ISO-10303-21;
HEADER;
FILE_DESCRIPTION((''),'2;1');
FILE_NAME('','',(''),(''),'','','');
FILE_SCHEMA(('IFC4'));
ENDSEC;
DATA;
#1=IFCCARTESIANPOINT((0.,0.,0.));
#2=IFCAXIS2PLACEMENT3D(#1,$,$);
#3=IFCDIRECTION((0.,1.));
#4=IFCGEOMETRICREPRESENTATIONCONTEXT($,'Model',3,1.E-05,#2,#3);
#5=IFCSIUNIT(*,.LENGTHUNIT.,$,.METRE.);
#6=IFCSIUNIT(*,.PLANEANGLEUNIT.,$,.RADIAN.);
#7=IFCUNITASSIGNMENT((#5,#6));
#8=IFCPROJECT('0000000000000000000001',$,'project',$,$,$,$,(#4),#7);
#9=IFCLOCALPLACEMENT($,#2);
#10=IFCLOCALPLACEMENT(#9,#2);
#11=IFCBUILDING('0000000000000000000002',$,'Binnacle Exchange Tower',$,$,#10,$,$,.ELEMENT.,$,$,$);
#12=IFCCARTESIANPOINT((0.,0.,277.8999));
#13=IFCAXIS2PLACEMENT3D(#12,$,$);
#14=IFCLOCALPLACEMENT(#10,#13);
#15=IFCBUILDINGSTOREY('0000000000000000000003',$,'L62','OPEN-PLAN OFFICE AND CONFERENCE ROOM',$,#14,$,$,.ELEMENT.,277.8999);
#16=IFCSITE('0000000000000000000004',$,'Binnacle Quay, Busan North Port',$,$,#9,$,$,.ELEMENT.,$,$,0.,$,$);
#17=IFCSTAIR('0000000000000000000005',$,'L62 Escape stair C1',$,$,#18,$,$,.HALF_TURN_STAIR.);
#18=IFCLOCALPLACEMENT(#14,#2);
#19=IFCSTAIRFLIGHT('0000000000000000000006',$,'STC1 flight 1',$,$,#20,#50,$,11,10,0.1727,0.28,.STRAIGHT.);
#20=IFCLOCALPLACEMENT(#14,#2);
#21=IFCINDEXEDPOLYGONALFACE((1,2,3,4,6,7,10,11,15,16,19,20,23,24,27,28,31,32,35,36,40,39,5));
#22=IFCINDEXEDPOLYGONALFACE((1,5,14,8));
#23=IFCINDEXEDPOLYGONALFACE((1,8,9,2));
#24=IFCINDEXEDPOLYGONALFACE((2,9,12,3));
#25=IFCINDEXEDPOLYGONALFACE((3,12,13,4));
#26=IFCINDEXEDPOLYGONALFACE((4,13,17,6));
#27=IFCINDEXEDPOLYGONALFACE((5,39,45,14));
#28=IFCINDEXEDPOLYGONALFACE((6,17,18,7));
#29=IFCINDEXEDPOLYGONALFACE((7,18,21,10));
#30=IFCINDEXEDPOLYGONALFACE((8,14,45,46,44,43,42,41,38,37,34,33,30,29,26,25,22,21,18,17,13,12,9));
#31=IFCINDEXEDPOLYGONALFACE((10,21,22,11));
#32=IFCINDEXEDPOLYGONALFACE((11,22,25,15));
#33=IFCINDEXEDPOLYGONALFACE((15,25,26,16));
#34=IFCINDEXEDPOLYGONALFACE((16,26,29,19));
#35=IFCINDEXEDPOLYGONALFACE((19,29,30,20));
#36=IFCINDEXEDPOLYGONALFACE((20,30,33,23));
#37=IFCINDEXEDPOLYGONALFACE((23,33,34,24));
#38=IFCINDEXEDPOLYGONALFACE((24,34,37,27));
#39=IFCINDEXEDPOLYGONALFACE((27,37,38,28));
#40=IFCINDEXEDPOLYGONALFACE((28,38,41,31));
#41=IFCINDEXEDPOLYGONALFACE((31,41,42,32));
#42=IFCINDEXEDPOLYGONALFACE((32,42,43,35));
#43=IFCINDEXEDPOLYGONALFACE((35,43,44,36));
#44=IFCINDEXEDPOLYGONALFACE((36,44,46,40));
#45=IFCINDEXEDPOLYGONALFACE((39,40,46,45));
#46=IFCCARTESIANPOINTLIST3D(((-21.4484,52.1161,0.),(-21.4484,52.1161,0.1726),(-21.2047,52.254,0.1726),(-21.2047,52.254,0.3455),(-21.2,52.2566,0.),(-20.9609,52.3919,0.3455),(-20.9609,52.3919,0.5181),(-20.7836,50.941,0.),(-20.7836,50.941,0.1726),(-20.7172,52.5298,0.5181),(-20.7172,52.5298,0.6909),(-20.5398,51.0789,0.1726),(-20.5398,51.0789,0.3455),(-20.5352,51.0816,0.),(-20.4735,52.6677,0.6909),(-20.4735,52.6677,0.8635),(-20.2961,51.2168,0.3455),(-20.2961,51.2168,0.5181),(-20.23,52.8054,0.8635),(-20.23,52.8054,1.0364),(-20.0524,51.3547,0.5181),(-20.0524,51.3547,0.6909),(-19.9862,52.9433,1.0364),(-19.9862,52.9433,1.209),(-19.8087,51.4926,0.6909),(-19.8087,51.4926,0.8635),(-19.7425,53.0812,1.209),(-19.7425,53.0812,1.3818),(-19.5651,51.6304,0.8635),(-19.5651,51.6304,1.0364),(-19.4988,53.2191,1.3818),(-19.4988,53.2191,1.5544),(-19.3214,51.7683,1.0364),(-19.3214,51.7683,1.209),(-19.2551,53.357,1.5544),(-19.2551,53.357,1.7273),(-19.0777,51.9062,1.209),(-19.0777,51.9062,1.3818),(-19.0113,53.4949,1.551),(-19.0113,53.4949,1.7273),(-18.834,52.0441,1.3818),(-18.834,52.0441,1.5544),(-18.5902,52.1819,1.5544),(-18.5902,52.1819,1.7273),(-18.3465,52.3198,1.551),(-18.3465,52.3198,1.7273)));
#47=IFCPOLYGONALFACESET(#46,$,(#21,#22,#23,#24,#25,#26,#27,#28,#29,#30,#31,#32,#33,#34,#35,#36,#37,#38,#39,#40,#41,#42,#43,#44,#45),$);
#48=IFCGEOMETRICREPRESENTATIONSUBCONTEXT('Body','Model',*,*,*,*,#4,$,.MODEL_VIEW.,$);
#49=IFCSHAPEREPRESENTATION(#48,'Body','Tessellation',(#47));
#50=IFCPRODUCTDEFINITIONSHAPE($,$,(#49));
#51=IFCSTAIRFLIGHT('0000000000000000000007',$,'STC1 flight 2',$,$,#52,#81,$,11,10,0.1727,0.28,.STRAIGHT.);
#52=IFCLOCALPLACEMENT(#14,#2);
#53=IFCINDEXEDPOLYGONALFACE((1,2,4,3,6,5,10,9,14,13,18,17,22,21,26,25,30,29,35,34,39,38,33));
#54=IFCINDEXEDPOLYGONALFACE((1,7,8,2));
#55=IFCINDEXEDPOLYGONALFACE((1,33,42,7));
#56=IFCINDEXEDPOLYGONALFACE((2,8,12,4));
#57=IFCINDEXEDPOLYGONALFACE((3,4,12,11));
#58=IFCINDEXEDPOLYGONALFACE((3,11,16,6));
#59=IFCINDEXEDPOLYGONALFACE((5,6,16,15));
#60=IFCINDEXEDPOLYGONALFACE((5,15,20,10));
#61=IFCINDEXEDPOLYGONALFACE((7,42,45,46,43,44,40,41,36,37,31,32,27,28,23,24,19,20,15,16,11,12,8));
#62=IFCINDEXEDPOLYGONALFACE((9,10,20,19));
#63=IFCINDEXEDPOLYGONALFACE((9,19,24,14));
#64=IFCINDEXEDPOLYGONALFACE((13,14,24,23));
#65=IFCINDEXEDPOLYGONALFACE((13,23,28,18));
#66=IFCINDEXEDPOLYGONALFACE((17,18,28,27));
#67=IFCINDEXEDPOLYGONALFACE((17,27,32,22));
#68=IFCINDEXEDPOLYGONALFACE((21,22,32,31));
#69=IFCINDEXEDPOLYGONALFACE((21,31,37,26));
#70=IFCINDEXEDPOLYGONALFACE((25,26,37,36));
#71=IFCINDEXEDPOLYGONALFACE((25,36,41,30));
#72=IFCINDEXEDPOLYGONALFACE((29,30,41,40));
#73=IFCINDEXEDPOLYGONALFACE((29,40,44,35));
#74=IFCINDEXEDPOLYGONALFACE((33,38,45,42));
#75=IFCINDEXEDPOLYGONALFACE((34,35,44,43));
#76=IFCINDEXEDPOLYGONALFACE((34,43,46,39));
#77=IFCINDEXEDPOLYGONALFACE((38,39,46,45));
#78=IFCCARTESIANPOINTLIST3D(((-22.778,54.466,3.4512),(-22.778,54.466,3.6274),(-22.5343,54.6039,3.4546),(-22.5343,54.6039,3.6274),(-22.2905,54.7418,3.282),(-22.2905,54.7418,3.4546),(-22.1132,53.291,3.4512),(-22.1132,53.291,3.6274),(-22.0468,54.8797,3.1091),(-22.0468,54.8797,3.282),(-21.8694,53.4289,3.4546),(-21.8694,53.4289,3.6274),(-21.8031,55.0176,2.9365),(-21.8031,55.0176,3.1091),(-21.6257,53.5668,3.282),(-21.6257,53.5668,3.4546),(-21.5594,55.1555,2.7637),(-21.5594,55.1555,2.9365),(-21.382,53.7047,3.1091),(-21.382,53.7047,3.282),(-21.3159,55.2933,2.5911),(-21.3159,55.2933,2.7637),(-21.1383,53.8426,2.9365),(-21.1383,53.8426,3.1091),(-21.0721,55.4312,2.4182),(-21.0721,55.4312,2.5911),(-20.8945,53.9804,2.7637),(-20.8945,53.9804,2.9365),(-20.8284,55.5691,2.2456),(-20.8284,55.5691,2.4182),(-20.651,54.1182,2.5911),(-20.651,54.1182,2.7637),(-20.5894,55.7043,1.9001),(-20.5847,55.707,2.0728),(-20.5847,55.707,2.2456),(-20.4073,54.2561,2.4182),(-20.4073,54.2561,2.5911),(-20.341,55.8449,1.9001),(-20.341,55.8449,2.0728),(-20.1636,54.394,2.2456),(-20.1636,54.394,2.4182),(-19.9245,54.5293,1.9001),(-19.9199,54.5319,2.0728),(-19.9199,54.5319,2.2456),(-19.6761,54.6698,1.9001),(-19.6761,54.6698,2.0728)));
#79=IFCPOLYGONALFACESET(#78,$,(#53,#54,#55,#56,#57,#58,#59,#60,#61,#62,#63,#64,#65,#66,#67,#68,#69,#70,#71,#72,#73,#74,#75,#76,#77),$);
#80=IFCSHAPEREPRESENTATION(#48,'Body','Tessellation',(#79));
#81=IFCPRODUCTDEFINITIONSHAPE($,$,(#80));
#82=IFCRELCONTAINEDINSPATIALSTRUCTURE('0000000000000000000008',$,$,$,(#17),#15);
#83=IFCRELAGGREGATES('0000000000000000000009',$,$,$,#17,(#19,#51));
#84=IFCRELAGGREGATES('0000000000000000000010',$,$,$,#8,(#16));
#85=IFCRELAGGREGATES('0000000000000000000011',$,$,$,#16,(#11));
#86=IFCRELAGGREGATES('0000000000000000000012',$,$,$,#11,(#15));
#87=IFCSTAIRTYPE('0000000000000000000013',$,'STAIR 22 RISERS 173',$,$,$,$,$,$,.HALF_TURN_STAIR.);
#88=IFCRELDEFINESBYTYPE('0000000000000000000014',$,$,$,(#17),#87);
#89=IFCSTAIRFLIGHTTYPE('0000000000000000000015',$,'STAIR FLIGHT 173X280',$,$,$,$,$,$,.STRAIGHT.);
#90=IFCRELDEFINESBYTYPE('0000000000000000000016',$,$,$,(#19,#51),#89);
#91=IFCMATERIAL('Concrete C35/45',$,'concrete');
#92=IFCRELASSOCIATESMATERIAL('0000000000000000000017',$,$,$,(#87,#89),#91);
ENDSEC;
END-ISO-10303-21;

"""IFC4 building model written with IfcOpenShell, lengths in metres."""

from ifc_helpers import new_model, si_unit, direction, frame, origin, place, context, subcontext, project, spatial, polyline, outline, extrude, material, type_object, element, aggregate, save


model = new_model("IFC4")

# Units and contexts
model_context = context("Model", 3, precision=1e-05, world=origin(), true_north=direction((0.0, 1.0)))
body_context = subcontext(model_context, "Body", "Model", "MODEL_VIEW")
ifc_project = project(units=[si_unit("LENGTHUNIT", "METRE"), si_unit("PLANEANGLEUNIT", "RADIAN")], contexts=[model_context])

# Site, building, storey
site_placement = place(None, origin())
site = spatial("IfcSite", under=ifc_project, at=site_placement, Name="Binnacle Quay, Busan North Port", CompositionType="ELEMENT", RefElevation=0.0)
building_placement = place(site_placement, origin())
building = spatial("IfcBuilding", under=site, at=building_placement, Name="Binnacle Exchange Tower", CompositionType="ELEMENT")
storey_placement = place(building_placement, frame((0.0, 0.0, 277.8999)))
storey = spatial("IfcBuildingStorey", under=building, at=storey_placement, Name="L62", Description="OPEN-PLAN OFFICE AND CONFERENCE ROOM", CompositionType="ELEMENT", Elevation=277.8999)

# Stair, stair flights
ifc_material_1 = material(Name="Concrete C35/45", Category="concrete")
stair_type = type_object("IfcStairType", Name="STAIR 22 RISERS 173", PredefinedType="HALF_TURN_STAIR", material=ifc_material_1)
stair_placement = place(storey_placement, origin())
stair = element("IfcStair", 1, at=stair_placement, inside=storey, type_object=stair_type, Name="L62 Escape stair C1", PredefinedType="HALF_TURN_STAIR")
stair_flight_type = type_object("IfcStairFlightType", Name="STAIR FLIGHT 173X280", PredefinedType="STRAIGHT", material=ifc_material_1)
stair_flight_1_placement = place(storey_placement, frame((-21.116, 51.5286, 0.0), z_axis=(0.0, 0.0, 1.0), x_axis=(0.870356, 0.492424, 0.0)))
stair_flight_1 = element("IfcStairFlight", 2, at=stair_flight_1_placement, type_object=stair_flight_type, Name="STC1 flight 1", NumberOfRisers=11, NumberOfTreads=10, PredefinedType="STRAIGHT", RiserHeight=0.1727, TreadLength=0.28, context=body_context, shape_type="SweptSolid", body=[
    extrude(outline(polyline([(0.0, 0.0), (0.0, 0.1726), (0.28, 0.1726), (0.28, 0.3455), (0.5601, 0.3455), (0.5601, 0.5181), (0.8401, 0.5181), (0.8401, 0.6909), (1.1201, 0.6909), (1.1201, 0.8635), (1.3999, 0.8635), (1.3999, 1.0364), (1.6799, 1.0364), (1.6799, 1.209), (1.96, 1.209), (1.96, 1.3818), (2.24, 1.3818), (2.24, 1.5544), (2.52, 1.5544), (2.52, 1.7273), (2.8, 1.7273), (2.8, 1.8999), (2.8, 1.551), (0.2854, 0.0), (0.0, 0.0)])), frame((0.0, 0.675, 0.0), z_axis=(0.0, -1.0, 0.0), x_axis=(1.0, 0.0, 0.0)), (0.0, 0.0, 1.0), 1.3501),
])
stair_flight_2_placement = place(storey_placement, frame((-20.0085, 55.2573, 1.9001), z_axis=(0.0, 0.0, 1.0), x_axis=(-0.870356, -0.492424, 0.0)))
stair_flight_2 = element("IfcStairFlight", 3, at=stair_flight_2_placement, type_object=stair_flight_type, Name="STC1 flight 2", NumberOfRisers=11, NumberOfTreads=10, PredefinedType="STRAIGHT", RiserHeight=0.1727, TreadLength=0.28, context=body_context, shape_type="SweptSolid", body=[
    extrude(outline(polyline([(0.0, 0.0), (0.0, 0.1726), (0.28, 0.1726), (0.28, 0.3455), (0.5601, 0.3455), (0.5601, 0.5181), (0.8401, 0.5181), (0.8401, 0.6909), (1.1201, 0.6909), (1.1201, 0.8635), (1.3999, 0.8635), (1.3999, 1.0364), (1.6799, 1.0364), (1.6799, 1.209), (1.96, 1.209), (1.96, 1.3818), (2.24, 1.3818), (2.24, 1.5544), (2.52, 1.5544), (2.52, 1.7273), (2.8, 1.7273), (2.8, 1.8999), (2.8, 1.551), (0.2854, 0.0), (0.0, 0.0)])), frame((0.0, 0.675, 0.0), z_axis=(0.0, -1.0, 0.0), x_axis=(1.0, 0.0, 0.0)), (0.0, 0.0, 1.0), 1.3501),
])
aggregate(stair, [stair_flight_1, stair_flight_2])

save(model, "model.ifc")
